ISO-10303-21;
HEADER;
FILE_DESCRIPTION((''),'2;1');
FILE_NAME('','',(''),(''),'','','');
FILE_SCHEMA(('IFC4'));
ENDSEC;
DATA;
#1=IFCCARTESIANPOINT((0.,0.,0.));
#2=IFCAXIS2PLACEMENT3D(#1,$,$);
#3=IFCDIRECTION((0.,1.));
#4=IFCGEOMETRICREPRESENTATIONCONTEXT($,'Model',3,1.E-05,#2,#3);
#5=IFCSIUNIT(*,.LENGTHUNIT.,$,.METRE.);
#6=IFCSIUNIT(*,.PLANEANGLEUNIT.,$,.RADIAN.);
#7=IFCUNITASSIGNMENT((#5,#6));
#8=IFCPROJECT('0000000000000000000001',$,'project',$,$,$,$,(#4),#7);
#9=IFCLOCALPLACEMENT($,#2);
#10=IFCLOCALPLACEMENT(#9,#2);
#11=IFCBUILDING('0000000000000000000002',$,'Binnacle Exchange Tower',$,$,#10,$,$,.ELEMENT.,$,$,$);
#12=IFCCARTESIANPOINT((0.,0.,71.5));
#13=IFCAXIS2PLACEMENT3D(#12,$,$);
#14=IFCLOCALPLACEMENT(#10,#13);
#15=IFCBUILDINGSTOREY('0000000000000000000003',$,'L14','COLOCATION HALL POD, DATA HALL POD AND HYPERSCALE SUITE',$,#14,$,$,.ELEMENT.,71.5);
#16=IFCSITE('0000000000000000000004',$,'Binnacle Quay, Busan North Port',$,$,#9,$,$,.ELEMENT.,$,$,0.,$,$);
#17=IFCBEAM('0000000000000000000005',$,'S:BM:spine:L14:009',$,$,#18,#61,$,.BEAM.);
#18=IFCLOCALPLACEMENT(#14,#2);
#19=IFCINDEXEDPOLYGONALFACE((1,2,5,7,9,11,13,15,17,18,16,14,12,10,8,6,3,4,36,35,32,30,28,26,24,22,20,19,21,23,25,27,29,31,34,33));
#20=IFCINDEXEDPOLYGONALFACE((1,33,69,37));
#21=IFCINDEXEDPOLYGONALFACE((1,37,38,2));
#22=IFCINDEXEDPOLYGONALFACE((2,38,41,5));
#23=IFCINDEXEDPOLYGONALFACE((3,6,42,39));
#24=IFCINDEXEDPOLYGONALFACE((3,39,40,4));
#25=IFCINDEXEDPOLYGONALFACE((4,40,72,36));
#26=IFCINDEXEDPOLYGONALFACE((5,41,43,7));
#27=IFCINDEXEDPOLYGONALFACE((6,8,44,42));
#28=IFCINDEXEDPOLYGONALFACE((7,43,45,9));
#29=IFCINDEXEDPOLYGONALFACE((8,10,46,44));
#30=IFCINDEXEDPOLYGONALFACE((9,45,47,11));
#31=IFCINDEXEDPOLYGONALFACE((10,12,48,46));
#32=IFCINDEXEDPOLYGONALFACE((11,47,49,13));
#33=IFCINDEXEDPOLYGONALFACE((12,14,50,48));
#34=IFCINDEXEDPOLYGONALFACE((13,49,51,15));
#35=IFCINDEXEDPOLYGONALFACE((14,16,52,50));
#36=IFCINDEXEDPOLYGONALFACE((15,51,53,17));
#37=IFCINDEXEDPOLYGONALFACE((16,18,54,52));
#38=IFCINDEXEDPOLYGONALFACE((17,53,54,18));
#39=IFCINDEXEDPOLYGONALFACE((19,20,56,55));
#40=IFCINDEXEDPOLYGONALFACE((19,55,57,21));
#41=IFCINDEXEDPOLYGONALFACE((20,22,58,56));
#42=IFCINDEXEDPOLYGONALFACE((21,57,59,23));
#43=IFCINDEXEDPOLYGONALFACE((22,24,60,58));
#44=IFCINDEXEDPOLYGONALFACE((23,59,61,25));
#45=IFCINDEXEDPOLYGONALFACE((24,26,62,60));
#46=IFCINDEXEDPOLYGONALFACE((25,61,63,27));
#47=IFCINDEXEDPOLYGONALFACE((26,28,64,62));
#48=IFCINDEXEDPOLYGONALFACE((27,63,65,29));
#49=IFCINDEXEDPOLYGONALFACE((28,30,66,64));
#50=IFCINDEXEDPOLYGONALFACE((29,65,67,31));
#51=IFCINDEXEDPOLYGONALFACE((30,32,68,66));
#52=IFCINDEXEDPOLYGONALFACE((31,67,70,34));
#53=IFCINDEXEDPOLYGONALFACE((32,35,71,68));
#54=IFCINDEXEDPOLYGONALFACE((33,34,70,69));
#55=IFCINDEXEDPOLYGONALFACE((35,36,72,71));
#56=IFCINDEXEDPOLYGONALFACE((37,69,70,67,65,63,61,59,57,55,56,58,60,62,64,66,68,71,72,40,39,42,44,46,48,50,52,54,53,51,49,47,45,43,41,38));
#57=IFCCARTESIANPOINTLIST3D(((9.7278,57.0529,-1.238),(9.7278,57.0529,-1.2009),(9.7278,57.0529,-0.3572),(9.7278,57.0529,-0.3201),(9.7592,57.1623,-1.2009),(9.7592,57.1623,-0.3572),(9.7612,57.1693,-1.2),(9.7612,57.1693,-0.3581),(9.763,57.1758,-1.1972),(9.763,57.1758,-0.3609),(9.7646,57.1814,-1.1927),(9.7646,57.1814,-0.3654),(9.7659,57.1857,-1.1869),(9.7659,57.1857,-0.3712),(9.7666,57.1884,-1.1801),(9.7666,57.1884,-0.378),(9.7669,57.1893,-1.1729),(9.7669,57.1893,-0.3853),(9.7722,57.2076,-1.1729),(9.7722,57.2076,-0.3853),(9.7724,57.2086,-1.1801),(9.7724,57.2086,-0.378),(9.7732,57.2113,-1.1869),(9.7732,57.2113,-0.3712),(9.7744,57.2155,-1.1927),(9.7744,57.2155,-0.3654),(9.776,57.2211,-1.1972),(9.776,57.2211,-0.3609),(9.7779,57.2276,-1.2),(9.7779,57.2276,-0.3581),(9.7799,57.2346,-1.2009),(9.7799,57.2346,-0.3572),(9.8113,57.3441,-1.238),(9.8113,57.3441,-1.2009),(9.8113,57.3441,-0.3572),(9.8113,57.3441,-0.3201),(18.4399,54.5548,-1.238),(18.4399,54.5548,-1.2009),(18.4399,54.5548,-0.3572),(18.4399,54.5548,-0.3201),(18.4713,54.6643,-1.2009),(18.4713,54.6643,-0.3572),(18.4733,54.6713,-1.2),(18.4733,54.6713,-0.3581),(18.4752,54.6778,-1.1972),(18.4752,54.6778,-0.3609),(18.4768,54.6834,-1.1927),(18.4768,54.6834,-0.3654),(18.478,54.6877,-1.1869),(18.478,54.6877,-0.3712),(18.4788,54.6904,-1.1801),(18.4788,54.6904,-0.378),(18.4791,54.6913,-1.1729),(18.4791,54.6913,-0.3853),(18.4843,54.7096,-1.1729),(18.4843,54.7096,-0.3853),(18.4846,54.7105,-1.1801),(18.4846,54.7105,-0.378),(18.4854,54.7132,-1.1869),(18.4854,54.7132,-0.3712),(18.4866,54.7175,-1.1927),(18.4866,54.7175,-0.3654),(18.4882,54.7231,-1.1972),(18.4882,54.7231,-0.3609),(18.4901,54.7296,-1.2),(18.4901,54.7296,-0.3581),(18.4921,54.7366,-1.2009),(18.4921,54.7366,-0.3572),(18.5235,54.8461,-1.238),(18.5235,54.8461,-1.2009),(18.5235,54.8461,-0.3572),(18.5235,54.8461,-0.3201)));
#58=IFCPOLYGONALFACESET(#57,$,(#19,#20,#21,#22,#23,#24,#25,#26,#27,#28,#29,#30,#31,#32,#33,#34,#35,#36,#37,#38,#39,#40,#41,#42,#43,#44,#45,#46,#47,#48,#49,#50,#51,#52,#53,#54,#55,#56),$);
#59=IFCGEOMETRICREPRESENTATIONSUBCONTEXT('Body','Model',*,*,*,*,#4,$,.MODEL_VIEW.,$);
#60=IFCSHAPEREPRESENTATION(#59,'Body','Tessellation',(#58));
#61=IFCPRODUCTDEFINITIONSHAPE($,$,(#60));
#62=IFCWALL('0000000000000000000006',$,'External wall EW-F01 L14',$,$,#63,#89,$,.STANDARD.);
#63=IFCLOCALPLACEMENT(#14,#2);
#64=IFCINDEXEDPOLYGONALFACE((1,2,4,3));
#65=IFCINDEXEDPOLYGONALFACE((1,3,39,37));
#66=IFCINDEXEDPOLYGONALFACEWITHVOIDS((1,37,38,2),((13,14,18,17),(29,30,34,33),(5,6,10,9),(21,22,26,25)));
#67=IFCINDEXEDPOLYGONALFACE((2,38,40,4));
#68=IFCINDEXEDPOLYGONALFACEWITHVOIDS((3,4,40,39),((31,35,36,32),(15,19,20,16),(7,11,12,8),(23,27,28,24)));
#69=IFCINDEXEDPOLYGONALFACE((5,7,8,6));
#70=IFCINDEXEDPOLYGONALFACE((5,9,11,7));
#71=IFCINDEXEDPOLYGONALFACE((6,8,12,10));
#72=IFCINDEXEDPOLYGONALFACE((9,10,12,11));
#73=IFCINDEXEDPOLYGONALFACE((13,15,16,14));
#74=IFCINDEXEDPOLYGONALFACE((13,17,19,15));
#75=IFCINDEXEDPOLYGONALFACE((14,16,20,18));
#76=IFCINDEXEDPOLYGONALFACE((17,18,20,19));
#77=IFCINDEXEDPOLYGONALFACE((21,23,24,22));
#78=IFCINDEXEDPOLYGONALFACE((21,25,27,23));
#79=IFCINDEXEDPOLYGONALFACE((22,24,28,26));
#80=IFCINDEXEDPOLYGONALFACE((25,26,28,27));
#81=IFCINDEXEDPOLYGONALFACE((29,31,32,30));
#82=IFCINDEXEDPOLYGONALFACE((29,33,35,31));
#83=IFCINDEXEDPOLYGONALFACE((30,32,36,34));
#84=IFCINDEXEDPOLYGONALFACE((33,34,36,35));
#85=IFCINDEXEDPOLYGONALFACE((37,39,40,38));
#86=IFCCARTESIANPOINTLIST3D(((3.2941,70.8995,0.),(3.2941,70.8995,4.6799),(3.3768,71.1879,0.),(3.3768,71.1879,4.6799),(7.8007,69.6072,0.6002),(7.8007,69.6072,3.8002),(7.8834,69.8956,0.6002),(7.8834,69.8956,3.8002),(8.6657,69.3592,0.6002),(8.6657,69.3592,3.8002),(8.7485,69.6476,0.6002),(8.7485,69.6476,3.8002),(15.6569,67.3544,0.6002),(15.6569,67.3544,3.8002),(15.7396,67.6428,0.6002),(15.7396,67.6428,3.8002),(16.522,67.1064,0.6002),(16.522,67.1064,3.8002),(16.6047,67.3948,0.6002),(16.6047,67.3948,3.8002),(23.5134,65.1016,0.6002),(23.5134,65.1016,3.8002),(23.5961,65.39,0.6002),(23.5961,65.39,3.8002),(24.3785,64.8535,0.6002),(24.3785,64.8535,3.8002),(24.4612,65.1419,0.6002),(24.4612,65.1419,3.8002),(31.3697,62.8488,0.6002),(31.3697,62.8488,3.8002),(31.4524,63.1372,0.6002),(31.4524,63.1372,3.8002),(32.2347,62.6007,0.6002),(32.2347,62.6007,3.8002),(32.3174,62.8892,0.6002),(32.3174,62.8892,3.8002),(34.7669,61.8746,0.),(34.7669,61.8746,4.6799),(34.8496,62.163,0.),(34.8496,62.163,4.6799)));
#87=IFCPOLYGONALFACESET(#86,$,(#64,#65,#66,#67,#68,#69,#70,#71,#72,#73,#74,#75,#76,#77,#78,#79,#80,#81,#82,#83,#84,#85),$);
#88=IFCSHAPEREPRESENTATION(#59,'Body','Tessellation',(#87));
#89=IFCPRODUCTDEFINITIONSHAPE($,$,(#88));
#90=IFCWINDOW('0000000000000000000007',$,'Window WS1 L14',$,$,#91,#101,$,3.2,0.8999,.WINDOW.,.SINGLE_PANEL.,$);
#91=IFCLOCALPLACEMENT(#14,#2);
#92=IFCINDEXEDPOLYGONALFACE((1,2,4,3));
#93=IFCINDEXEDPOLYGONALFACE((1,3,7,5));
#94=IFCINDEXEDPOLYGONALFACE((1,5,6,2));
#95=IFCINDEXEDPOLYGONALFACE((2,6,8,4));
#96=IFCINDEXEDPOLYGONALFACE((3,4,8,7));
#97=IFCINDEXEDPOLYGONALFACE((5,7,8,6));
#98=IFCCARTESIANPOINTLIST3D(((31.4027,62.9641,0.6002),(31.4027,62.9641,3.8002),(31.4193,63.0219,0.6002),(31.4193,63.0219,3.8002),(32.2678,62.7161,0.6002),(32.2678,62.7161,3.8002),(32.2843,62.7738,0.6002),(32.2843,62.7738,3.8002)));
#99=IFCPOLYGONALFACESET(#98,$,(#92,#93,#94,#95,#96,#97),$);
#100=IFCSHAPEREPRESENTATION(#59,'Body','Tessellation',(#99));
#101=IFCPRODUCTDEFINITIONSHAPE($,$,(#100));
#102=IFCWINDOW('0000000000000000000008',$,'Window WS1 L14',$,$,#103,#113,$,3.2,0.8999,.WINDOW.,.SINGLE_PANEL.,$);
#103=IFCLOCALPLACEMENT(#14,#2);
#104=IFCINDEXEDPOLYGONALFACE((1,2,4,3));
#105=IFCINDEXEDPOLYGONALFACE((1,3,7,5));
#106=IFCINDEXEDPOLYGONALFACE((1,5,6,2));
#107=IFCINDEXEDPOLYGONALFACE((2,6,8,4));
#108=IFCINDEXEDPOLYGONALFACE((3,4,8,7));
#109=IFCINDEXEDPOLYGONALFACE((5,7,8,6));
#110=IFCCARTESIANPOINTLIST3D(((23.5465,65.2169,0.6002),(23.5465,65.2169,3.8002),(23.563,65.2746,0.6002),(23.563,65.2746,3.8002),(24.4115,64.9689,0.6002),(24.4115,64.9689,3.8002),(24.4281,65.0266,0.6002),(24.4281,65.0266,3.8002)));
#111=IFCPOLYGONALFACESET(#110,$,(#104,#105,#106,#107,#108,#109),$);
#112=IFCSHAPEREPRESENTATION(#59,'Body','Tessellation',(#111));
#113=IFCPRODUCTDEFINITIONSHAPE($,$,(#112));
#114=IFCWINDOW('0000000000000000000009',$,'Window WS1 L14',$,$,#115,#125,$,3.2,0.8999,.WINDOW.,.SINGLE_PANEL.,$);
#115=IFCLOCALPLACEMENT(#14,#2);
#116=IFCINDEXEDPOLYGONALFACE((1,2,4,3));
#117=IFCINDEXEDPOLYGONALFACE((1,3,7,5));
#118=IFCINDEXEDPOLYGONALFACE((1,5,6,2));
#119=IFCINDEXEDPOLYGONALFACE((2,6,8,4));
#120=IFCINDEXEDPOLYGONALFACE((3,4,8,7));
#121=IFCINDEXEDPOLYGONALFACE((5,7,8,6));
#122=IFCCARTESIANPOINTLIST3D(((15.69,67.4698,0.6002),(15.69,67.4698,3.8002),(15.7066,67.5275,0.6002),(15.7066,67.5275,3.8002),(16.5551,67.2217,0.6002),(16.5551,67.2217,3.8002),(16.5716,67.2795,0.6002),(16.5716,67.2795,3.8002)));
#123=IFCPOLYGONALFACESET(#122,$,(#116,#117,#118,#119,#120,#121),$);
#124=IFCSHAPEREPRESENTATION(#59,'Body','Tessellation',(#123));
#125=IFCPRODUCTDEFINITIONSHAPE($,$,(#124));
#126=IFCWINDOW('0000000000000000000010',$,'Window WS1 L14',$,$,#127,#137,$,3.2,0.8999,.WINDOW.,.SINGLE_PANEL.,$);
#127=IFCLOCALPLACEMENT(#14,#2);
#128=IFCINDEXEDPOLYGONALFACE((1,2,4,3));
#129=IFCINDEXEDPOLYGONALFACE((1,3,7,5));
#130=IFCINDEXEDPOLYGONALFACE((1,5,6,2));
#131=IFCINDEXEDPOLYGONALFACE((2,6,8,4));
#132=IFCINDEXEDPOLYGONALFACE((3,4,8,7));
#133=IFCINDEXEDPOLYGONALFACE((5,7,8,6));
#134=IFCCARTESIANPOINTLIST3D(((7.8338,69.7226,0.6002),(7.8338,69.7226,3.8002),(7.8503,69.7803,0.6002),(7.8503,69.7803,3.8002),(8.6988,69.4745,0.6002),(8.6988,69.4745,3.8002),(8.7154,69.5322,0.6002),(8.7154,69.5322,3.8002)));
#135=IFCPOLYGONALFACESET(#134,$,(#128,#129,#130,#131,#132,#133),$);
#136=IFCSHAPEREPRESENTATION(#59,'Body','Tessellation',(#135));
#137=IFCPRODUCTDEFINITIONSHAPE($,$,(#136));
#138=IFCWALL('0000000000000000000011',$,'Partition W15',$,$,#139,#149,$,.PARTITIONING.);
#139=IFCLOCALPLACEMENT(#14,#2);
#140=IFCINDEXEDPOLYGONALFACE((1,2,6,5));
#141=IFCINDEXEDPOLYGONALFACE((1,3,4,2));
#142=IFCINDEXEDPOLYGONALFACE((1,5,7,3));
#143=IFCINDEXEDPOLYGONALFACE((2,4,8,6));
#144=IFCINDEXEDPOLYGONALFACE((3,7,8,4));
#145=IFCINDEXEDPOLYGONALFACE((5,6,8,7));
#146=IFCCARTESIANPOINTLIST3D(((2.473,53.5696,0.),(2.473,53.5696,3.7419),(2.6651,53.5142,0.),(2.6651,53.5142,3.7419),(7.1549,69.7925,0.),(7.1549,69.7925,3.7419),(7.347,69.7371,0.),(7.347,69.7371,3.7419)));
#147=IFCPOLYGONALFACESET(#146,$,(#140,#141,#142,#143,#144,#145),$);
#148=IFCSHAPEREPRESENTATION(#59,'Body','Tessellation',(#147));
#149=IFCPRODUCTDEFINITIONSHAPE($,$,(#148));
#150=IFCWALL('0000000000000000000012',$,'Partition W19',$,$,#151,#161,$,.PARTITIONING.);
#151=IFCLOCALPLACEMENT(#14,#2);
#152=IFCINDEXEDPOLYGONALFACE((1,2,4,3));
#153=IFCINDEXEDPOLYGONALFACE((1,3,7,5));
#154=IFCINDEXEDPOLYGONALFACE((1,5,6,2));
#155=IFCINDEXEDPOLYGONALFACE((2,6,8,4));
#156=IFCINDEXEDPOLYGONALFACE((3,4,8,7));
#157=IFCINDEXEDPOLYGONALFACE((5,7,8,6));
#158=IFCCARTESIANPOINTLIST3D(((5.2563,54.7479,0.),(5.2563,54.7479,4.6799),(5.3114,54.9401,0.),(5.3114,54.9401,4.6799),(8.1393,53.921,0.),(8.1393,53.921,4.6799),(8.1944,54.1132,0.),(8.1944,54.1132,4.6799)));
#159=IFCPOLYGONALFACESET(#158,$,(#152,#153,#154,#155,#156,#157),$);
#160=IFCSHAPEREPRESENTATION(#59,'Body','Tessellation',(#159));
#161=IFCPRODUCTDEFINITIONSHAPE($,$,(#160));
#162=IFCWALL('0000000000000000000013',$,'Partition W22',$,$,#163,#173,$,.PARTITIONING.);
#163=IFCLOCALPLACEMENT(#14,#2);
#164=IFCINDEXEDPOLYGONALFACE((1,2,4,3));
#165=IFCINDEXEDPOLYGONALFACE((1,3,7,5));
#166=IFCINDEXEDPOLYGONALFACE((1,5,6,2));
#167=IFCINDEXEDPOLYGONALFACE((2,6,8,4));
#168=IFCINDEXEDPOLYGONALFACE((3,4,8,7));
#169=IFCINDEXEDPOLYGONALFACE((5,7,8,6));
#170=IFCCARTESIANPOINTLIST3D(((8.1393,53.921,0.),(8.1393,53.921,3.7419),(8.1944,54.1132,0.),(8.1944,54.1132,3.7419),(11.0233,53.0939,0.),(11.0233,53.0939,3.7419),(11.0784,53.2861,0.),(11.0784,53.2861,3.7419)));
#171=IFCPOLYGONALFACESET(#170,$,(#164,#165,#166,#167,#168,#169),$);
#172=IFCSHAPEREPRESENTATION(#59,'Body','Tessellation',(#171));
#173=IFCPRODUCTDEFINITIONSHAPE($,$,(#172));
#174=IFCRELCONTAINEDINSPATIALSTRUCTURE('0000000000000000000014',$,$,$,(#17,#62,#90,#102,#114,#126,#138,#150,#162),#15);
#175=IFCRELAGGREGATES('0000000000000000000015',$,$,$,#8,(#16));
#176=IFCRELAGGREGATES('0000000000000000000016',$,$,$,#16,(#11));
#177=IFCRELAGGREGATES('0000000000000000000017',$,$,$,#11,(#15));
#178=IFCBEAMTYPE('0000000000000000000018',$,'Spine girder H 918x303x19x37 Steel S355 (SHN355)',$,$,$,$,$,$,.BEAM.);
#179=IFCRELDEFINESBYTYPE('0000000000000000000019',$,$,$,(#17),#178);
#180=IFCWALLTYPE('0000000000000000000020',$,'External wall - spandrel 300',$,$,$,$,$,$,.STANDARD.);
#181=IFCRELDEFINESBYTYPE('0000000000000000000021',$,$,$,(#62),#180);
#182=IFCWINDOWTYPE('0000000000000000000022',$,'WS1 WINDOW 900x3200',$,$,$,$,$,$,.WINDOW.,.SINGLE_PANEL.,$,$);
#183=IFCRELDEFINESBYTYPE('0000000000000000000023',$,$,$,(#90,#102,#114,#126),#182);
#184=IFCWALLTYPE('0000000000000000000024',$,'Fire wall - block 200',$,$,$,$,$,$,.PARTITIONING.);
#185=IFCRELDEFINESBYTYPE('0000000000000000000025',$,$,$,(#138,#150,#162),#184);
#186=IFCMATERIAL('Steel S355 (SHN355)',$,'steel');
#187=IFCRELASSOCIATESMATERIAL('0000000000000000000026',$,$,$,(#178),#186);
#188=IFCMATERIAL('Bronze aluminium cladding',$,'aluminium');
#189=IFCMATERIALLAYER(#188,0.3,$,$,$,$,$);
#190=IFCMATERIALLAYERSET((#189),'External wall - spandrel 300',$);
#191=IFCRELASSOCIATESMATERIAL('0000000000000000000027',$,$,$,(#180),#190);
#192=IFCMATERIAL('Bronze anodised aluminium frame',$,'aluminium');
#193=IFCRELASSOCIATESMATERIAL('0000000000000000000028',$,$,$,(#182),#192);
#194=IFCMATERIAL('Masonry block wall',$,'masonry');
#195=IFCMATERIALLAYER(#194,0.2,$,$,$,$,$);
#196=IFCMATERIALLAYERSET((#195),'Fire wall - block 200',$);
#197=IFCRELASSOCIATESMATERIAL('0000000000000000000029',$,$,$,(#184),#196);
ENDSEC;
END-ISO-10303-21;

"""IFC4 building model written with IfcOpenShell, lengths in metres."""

from ifc_helpers import new_model, si_unit, direction, frame, frame_2d, origin, origin_2d, place, context, subcontext, project, spatial, rectangle, i_section, extrude, material, layer, layer_set, material_profile, profile_set, type_object, element, fill, save


model = new_model("IFC4")

# Units and contexts
model_context = context("Model", 3, precision=1e-05, world=origin(), true_north=direction((0.0, 1.0)))
body_context = subcontext(model_context, "Body", "Model", "MODEL_VIEW")
ifc_project = project(units=[si_unit("LENGTHUNIT", "METRE"), si_unit("PLANEANGLEUNIT", "RADIAN")], contexts=[model_context])

# Site, building, storey
site_placement = place(None, origin())
site = spatial("IfcSite", under=ifc_project, at=site_placement, Name="Binnacle Quay, Busan North Port", CompositionType="ELEMENT", RefElevation=0.0)
building_placement = place(site_placement, origin())
building = spatial("IfcBuilding", under=site, at=building_placement, Name="Binnacle Exchange Tower", CompositionType="ELEMENT")
storey_placement = place(building_placement, frame((0.0, 0.0, 71.5)))
storey = spatial("IfcBuildingStorey", under=building, at=storey_placement, Name="L14", Description="COLOCATION HALL POD, DATA HALL POD AND HYPERSCALE SUITE", CompositionType="ELEMENT", Elevation=71.5)

# Beam
ifc_material_1 = material(Name="Steel S355 (SHN355)", Category="steel")
ifc_material_profile_1 = material_profile(ifc_material_1, i_section(OverallWidth=0.303, OverallDepth=0.918, WebThickness=0.019, FlangeThickness=0.0371, FilletRadius=0.0281, at=origin_2d()), Name="H 918x303x19x37")
ifc_profile_set_1 = profile_set([ifc_material_profile_1], Name="Steel S355 (SHN355)")
beam_type_1 = type_object("IfcBeamType", Name="Spine girder H 918x303x19x37 Steel S355 (SHN355)", PredefinedType="BEAM", material=ifc_profile_set_1)
beam_1_placement = place(storey_placement, frame((9.7695, 57.1985, -0.7791), z_axis=(0.961265, -0.275625, 0.0), x_axis=(0.275625, 0.961265, 0.0)))
element("IfcBeam", 1, at=beam_1_placement, inside=storey, type_object=beam_type_1, Name="S:BM:spine:L14:009", PredefinedType="BEAM", context=body_context, shape_type="SweptSolid", body=[
    extrude(i_section(OverallWidth=0.303, OverallDepth=0.918, WebThickness=0.019, FlangeThickness=0.0371, FilletRadius=0.0281, at=origin_2d()), origin(), (0.0, 0.0, 1.0), 9.0632),
])

# Wall, openings, windows
ifc_material_2 = material(Name="Bronze aluminium cladding", Category="aluminium")
ifc_layer_1 = layer(ifc_material_2, 0.3)
ifc_layer_set_1 = layer_set([ifc_layer_1], Name="External wall - spandrel 300")
wall_type_1 = type_object("IfcWallType", Name="External wall - spandrel 300", PredefinedType="STANDARD", material=ifc_layer_set_1)
wall_1_placement = place(storey_placement, frame((3.3354, 71.0437, 0.0), z_axis=(0.0, 0.0, 1.0), x_axis=(0.96126, -0.275643, 0.0)))
wall_1 = element("IfcWall", 2, at=wall_1_placement, inside=storey, type_object=wall_type_1, Name="External wall EW-F01 L14", PredefinedType="STANDARD", context=body_context, shape_type="SweptSolid", body=[
    extrude(rectangle(XDim=32.7412, YDim=0.3, at=frame_2d((16.3706, 0.0))), origin(), (0.0, 0.0, 1.0), 4.6799),
])
opening_1_placement = place(wall_1_placement, frame((29.207, 0.0, 0.6001)))
opening_1 = element("IfcOpeningElement", 3, at=opening_1_placement, cuts=wall_1, PredefinedType="OPENING", context=body_context, shape_type="SweptSolid", body=[
    extrude(rectangle(XDim=0.8999, YDim=3.2, at=frame_2d((0.45, 1.6001))), frame((0.0, 0.1599, 0.0), z_axis=(0.0, -1.0, 0.0), x_axis=(1.0, 0.0, 0.0)), (0.0, 0.0, 1.0), 0.3201),
])
opening_2_placement = place(wall_1_placement, frame((21.0342, 0.0, 0.6001)))
opening_2 = element("IfcOpeningElement", 4, at=opening_2_placement, cuts=wall_1, PredefinedType="OPENING", context=body_context, shape_type="SweptSolid", body=[
    extrude(rectangle(XDim=0.8999, YDim=3.2, at=frame_2d((0.45, 1.6001))), frame((0.0, 0.1599, 0.0), z_axis=(0.0, -1.0, 0.0), x_axis=(1.0, 0.0, 0.0)), (0.0, 0.0, 1.0), 0.3201),
])
opening_3_placement = place(wall_1_placement, frame((12.8611, 0.0, 0.6001)))
opening_3 = element("IfcOpeningElement", 5, at=opening_3_placement, cuts=wall_1, PredefinedType="OPENING", context=body_context, shape_type="SweptSolid", body=[
    extrude(rectangle(XDim=0.8999, YDim=3.2, at=frame_2d((0.45, 1.6001))), frame((0.0, 0.1599, 0.0), z_axis=(0.0, -1.0, 0.0), x_axis=(1.0, 0.0, 0.0)), (0.0, 0.0, 1.0), 0.3201),
])
opening_4_placement = place(wall_1_placement, frame((4.6882, 0.0, 0.6001)))
opening_4 = element("IfcOpeningElement", 6, at=opening_4_placement, cuts=wall_1, PredefinedType="OPENING", context=body_context, shape_type="SweptSolid", body=[
    extrude(rectangle(XDim=0.8999, YDim=3.2, at=frame_2d((0.45, 1.6001))), frame((0.0, 0.1599, 0.0), z_axis=(0.0, -1.0, 0.0), x_axis=(1.0, 0.0, 0.0)), (0.0, 0.0, 1.0), 0.3201),
])
ifc_material_3 = material(Name="Bronze anodised aluminium frame", Category="aluminium")
window_type = type_object("IfcWindowType", Name="WS1 WINDOW 900x3200", PartitioningType="SINGLE_PANEL", PredefinedType="WINDOW", material=ifc_material_3)
window_1_placement = place(opening_1_placement, origin())
window_1 = element("IfcWindow", 7, at=window_1_placement, inside=storey, type_object=window_type, Name="Window WS1 L14", OverallHeight=3.2, OverallWidth=0.8999, PartitioningType="SINGLE_PANEL", PredefinedType="WINDOW", context=body_context, shape_type="SweptSolid", body=[
    extrude(rectangle(XDim=0.8999, YDim=3.2, at=frame_2d((0.45, 1.6001))), frame((0.0, 0.03, 0.0), z_axis=(0.0, -1.0, 0.0), x_axis=(1.0, 0.0, 0.0)), (0.0, 0.0, 1.0), 0.0601),
])
fill(opening_1, window_1)
window_2_placement = place(opening_2_placement, origin())
window_2 = element("IfcWindow", 8, at=window_2_placement, inside=storey, type_object=window_type, Name="Window WS1 L14", OverallHeight=3.2, OverallWidth=0.8999, PartitioningType="SINGLE_PANEL", PredefinedType="WINDOW", context=body_context, shape_type="SweptSolid", body=[
    extrude(rectangle(XDim=0.8999, YDim=3.2, at=frame_2d((0.45, 1.6001))), frame((0.0, 0.03, 0.0), z_axis=(0.0, -1.0, 0.0), x_axis=(1.0, 0.0, 0.0)), (0.0, 0.0, 1.0), 0.0601),
])
fill(opening_2, window_2)
window_3_placement = place(opening_3_placement, origin())
window_3 = element("IfcWindow", 9, at=window_3_placement, inside=storey, type_object=window_type, Name="Window WS1 L14", OverallHeight=3.2, OverallWidth=0.8999, PartitioningType="SINGLE_PANEL", PredefinedType="WINDOW", context=body_context, shape_type="SweptSolid", body=[
    extrude(rectangle(XDim=0.8999, YDim=3.2, at=frame_2d((0.45, 1.6001))), frame((0.0, 0.03, 0.0), z_axis=(0.0, -1.0, 0.0), x_axis=(1.0, 0.0, 0.0)), (0.0, 0.0, 1.0), 0.0601),
])
fill(opening_3, window_3)
window_4_placement = place(opening_4_placement, origin())
window_4 = element("IfcWindow", 10, at=window_4_placement, inside=storey, type_object=window_type, Name="Window WS1 L14", OverallHeight=3.2, OverallWidth=0.8999, PartitioningType="SINGLE_PANEL", PredefinedType="WINDOW", context=body_context, shape_type="SweptSolid", body=[
    extrude(rectangle(XDim=0.8999, YDim=3.2, at=frame_2d((0.45, 1.6001))), frame((0.0, 0.03, 0.0), z_axis=(0.0, -1.0, 0.0), x_axis=(1.0, 0.0, 0.0)), (0.0, 0.0, 1.0), 0.0601),
])
fill(opening_4, window_4)

# Walls
ifc_material_4 = material(Name="Masonry block wall", Category="masonry")
ifc_layer_2 = layer(ifc_material_4, 0.2)
ifc_layer_set_2 = layer_set([ifc_layer_2], Name="Fire wall - block 200")
wall_type_2 = type_object("IfcWallType", Name="Fire wall - block 200", PredefinedType="PARTITIONING", material=ifc_layer_set_2)
wall_2_placement = place(storey_placement, frame((2.5691, 53.542, 0.0), z_axis=(0.0, 0.0, 1.0), x_axis=(0.277281, 0.960789, 0.0)))
element("IfcWall", 11, at=wall_2_placement, inside=storey, type_object=wall_type_2, Name="Partition W15", PredefinedType="PARTITIONING", context=body_context, shape_type="SweptSolid", body=[
    extrude(rectangle(XDim=16.885, YDim=0.2, at=frame_2d((8.4424, 0.0))), origin(), (0.0, 0.0, 1.0), 3.7419),
])
wall_3_placement = place(storey_placement, frame((5.2839, 54.844, 0.0), z_axis=(0.0, 0.0, 1.0), x_axis=(0.961244, -0.275699, 0.0)))
element("IfcWall", 12, at=wall_3_placement, inside=storey, type_object=wall_type_2, Name="Partition W19", PredefinedType="PARTITIONING", context=body_context, shape_type="SweptSolid", body=[
    extrude(rectangle(XDim=2.9993, YDim=0.2, at=frame_2d((1.4995, 0.0))), origin(), (0.0, 0.0, 1.0), 4.6799),
])
wall_4_placement = place(storey_placement, frame((8.167, 54.0171, 0.0), z_axis=(0.0, 0.0, 1.0), x_axis=(0.961247, -0.275688, 0.0)))
element("IfcWall", 13, at=wall_4_placement, inside=storey, type_object=wall_type_2, Name="Partition W22", PredefinedType="PARTITIONING", context=body_context, shape_type="SweptSolid", body=[
    extrude(rectangle(XDim=3.0002, YDim=0.2, at=frame_2d((1.5, 0.0))), origin(), (0.0, 0.0, 1.0), 3.7419),
])

save(model, "model.ifc")
